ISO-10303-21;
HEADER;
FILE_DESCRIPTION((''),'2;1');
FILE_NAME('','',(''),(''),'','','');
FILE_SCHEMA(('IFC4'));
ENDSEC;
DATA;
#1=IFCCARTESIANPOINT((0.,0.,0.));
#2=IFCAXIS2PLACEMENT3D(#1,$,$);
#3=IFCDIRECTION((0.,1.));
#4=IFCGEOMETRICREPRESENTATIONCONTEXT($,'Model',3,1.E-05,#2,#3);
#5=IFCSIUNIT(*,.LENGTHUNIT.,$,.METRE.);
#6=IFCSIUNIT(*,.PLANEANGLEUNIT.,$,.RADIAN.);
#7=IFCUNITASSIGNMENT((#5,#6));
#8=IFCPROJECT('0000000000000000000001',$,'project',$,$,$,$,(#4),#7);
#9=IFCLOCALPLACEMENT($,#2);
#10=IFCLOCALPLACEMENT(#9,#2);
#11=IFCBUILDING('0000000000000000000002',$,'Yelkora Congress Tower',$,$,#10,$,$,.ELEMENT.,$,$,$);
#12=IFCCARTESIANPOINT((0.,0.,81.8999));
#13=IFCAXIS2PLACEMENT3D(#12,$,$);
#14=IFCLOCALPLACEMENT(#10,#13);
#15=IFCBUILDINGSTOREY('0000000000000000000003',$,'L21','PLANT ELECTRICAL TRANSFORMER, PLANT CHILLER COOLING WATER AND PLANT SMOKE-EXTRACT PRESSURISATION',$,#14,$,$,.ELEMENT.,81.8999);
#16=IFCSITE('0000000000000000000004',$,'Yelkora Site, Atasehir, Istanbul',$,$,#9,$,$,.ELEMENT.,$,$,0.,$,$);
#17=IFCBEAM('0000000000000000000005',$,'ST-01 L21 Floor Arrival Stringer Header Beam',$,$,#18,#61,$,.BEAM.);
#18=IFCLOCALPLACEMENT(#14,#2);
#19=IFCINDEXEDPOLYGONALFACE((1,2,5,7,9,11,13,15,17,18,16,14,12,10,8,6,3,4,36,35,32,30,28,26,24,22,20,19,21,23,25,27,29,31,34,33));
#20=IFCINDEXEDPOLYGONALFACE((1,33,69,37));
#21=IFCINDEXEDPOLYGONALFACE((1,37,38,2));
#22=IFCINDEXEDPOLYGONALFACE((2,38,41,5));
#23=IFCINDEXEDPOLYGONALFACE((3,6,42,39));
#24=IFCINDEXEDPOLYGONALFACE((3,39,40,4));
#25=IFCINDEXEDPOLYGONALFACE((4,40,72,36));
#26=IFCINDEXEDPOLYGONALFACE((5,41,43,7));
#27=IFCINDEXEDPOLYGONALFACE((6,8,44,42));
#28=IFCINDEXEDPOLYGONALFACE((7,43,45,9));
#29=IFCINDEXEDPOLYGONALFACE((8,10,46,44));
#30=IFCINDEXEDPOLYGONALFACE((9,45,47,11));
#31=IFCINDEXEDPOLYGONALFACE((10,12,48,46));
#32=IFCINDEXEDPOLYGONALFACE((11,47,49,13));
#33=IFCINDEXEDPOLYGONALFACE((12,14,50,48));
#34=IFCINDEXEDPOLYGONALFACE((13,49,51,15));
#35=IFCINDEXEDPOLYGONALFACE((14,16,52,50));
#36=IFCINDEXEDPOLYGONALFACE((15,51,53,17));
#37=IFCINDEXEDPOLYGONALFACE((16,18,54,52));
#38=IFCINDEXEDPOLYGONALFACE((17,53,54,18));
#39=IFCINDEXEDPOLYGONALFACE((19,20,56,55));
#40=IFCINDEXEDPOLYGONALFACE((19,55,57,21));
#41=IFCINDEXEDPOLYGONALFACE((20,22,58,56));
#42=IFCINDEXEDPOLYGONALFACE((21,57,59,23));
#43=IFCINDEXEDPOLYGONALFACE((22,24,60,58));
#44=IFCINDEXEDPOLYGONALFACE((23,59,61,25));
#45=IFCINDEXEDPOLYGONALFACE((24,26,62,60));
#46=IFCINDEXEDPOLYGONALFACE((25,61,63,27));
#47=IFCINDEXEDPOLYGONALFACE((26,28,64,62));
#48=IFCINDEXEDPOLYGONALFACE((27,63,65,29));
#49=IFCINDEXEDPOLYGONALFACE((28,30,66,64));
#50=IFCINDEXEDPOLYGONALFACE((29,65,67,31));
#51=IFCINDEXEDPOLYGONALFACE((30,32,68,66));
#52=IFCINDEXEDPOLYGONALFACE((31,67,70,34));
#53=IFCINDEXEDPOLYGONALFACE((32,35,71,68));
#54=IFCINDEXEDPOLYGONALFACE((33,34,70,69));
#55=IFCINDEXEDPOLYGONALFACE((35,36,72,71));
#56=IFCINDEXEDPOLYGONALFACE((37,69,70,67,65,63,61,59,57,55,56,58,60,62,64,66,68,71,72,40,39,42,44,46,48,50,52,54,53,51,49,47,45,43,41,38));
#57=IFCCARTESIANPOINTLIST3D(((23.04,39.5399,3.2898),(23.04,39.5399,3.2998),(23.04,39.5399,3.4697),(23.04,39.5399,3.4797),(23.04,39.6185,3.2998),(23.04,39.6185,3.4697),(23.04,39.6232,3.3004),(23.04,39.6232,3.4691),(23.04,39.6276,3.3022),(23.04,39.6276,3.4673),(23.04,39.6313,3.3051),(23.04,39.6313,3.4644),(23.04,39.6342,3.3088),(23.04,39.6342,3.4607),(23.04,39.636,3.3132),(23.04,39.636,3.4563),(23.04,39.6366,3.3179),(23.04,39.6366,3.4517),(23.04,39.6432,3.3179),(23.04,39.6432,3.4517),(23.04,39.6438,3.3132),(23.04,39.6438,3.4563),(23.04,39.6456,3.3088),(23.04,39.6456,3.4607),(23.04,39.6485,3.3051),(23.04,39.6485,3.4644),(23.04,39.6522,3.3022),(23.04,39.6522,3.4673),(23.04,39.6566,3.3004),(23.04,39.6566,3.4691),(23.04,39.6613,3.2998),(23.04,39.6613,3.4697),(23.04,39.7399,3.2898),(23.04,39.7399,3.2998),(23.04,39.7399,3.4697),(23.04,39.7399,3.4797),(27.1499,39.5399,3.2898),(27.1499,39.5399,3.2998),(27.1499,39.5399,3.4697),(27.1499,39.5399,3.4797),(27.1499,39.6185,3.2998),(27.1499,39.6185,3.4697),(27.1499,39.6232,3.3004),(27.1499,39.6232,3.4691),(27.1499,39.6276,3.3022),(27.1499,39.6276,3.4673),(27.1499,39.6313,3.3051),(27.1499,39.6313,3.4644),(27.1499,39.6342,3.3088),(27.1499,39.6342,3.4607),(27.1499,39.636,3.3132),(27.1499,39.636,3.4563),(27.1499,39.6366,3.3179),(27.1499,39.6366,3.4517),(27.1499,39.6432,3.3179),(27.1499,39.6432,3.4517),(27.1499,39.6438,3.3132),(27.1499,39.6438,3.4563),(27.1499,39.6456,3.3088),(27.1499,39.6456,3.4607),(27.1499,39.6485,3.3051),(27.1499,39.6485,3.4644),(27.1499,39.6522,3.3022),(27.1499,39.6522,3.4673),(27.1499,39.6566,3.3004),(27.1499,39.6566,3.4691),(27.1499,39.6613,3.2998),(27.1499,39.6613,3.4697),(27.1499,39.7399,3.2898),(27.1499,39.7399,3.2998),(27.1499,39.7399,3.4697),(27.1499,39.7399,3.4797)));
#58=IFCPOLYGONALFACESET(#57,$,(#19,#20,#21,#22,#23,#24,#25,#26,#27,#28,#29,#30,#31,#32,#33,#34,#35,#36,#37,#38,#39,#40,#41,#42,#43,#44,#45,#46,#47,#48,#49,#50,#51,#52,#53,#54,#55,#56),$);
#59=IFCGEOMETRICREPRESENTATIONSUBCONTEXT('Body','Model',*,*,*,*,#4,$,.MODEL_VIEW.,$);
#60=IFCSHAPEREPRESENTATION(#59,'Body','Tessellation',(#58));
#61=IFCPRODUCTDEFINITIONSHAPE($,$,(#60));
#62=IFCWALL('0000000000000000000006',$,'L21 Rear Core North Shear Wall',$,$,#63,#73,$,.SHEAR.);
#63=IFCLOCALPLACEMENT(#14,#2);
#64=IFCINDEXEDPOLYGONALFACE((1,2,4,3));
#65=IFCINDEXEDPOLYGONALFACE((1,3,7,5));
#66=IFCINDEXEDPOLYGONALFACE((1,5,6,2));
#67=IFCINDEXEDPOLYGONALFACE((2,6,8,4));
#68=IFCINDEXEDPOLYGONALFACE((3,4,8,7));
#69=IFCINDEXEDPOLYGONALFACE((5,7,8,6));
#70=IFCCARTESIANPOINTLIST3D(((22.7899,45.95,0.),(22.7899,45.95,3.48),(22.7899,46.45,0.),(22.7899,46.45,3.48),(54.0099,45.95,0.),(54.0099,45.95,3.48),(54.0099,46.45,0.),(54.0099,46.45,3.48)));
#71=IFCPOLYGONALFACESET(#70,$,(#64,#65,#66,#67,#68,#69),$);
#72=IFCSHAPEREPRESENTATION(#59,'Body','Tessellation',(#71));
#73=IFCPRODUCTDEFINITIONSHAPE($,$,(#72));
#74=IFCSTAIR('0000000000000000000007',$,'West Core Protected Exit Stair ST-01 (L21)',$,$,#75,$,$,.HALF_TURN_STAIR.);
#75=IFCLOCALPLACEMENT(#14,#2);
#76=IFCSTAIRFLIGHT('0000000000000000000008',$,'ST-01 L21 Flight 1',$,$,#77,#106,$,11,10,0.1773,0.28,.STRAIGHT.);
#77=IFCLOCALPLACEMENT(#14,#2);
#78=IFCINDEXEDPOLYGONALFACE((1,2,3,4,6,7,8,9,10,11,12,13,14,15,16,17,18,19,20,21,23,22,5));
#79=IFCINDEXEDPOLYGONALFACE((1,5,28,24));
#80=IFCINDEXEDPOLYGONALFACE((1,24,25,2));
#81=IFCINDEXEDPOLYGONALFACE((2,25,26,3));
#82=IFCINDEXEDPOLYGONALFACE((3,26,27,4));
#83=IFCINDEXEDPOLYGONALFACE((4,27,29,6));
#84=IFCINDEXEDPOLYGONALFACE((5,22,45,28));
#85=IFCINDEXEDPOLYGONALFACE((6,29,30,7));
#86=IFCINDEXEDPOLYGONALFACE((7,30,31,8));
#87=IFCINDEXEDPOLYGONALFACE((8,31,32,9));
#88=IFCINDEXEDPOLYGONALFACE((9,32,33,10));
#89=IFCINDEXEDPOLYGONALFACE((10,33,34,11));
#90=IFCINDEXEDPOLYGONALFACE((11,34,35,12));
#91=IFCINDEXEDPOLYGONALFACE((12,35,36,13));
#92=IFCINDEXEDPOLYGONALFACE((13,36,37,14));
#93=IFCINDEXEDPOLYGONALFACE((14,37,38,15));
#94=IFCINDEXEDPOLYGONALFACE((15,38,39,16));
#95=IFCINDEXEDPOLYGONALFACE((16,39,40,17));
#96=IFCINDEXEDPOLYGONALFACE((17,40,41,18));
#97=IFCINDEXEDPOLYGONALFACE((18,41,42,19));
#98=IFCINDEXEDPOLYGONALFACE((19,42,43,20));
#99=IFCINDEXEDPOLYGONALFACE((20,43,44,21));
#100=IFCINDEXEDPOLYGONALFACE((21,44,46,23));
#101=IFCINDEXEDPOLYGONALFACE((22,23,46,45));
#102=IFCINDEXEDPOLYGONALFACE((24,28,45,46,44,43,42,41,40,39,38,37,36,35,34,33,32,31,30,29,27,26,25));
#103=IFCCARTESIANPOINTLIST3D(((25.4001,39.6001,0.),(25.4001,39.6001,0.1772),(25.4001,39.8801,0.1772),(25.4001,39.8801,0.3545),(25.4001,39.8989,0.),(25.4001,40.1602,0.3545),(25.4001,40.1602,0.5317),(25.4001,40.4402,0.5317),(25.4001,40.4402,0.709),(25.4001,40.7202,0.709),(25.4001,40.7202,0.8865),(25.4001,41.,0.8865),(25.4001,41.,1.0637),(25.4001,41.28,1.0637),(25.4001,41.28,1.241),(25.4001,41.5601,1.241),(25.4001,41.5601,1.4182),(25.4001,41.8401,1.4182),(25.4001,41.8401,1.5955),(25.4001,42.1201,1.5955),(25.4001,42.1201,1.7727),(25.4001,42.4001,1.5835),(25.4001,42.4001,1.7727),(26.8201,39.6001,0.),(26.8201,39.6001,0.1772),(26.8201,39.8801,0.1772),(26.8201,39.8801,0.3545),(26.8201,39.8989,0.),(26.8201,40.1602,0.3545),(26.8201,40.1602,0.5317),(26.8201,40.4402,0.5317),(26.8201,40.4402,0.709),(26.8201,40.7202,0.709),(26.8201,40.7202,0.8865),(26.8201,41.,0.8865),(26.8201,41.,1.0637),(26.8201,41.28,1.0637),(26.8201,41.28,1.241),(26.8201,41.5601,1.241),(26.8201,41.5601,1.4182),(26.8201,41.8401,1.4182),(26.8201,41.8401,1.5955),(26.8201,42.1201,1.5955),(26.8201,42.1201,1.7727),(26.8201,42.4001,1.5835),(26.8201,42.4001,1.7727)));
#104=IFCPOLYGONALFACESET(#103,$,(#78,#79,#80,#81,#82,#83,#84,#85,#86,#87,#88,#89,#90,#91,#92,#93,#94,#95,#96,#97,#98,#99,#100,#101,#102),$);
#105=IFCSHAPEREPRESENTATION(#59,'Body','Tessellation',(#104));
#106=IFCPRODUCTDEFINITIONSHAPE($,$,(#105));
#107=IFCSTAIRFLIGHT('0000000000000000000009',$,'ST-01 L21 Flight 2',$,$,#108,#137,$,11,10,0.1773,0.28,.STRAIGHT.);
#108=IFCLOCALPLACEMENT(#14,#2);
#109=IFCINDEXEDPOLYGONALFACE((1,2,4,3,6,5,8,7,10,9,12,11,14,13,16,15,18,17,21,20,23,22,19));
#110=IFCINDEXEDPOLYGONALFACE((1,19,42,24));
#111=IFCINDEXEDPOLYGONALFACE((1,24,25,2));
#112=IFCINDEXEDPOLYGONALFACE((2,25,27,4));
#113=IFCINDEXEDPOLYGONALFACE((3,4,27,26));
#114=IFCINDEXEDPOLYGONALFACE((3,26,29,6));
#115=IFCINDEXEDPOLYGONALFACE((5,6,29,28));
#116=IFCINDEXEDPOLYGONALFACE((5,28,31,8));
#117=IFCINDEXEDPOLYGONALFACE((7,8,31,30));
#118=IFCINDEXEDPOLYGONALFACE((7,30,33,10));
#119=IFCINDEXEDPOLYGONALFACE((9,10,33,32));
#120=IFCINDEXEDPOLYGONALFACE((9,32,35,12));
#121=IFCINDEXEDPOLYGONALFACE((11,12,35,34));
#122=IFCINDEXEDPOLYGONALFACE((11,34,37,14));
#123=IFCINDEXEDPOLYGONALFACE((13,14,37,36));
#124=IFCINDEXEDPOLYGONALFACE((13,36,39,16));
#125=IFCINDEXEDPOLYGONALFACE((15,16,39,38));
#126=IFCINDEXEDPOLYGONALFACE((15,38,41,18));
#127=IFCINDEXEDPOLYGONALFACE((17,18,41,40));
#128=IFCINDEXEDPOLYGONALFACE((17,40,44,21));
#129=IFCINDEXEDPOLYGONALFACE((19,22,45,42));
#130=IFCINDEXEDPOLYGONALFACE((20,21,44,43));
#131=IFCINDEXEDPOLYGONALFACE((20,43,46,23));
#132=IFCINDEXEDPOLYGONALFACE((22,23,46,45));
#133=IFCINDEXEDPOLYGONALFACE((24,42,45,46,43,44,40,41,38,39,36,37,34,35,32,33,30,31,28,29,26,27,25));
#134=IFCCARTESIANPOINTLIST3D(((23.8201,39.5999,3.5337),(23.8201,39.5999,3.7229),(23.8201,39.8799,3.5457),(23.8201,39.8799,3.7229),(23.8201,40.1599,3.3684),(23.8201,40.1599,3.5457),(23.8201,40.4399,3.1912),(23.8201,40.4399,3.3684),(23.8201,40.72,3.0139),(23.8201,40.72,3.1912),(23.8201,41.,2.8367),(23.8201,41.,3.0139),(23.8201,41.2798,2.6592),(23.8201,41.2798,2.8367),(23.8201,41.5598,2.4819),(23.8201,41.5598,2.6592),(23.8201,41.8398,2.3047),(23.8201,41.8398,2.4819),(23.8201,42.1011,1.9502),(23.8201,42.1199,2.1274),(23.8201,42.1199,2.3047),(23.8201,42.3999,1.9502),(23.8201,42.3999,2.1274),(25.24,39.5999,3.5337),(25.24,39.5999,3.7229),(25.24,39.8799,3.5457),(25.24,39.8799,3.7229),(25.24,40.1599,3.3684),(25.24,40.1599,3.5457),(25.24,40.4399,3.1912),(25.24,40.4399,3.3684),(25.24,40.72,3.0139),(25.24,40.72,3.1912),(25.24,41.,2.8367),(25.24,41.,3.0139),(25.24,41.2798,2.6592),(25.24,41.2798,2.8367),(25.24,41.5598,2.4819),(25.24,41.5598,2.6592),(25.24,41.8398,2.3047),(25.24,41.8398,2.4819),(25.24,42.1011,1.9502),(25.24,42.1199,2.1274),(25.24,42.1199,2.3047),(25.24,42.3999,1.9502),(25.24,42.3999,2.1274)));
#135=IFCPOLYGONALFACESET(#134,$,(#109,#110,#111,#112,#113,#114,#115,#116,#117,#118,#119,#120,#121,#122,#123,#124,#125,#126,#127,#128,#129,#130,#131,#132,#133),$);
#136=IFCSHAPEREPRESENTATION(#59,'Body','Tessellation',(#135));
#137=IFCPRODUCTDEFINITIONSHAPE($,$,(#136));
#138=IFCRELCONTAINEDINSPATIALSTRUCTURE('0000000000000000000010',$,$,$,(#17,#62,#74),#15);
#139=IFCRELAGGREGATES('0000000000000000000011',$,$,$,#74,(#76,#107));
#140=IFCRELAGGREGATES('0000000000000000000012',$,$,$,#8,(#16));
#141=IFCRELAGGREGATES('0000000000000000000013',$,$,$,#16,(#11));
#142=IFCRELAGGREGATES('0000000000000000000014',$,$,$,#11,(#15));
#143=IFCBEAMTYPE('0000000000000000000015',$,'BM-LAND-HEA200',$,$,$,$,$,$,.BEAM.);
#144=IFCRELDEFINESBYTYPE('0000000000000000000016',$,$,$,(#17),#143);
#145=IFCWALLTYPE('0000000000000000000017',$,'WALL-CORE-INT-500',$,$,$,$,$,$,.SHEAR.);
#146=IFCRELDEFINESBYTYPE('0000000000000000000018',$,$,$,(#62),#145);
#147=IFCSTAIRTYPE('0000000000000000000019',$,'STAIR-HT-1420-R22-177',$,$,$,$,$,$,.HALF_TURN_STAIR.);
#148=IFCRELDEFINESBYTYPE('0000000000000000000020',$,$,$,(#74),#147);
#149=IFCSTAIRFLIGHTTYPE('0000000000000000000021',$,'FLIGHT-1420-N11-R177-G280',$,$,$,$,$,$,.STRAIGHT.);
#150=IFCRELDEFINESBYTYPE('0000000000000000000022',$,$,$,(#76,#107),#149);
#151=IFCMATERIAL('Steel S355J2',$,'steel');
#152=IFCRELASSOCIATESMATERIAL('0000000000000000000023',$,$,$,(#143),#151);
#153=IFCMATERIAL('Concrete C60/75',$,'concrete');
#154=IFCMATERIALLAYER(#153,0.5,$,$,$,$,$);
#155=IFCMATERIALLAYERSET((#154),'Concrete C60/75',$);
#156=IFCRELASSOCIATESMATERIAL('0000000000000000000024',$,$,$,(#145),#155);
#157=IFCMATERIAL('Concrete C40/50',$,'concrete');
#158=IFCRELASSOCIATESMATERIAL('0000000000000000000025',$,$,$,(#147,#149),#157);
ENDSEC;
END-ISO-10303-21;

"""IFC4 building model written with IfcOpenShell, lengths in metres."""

from ifc_helpers import new_model, si_unit, direction, frame, frame_2d, origin, origin_2d, place, context, subcontext, project, spatial, polyline, rectangle, i_section, outline, extrude, material, layer, layer_set, material_profile, profile_set, type_object, element, aggregate, save


model = new_model("IFC4")

# Units and contexts
model_context = context("Model", 3, precision=1e-05, world=origin(), true_north=direction((0.0, 1.0)))
body_context = subcontext(model_context, "Body", "Model", "MODEL_VIEW")
ifc_project = project(units=[si_unit("LENGTHUNIT", "METRE"), si_unit("PLANEANGLEUNIT", "RADIAN")], contexts=[model_context])

# Site, building, storey
site_placement = place(None, origin())
site = spatial("IfcSite", under=ifc_project, at=site_placement, Name="Yelkora Site, Atasehir, Istanbul", CompositionType="ELEMENT", RefElevation=0.0)
building_placement = place(site_placement, origin())
building = spatial("IfcBuilding", under=site, at=building_placement, Name="Yelkora Congress Tower", CompositionType="ELEMENT")
storey_placement = place(building_placement, frame((0.0, 0.0, 81.8999)))
storey = spatial("IfcBuildingStorey", under=building, at=storey_placement, Name="L21", Description="PLANT ELECTRICAL TRANSFORMER, PLANT CHILLER COOLING WATER AND PLANT SMOKE-EXTRACT PRESSURISATION", CompositionType="ELEMENT", Elevation=81.8999)

# Shared definitions
ifc_material_1 = material(Name="Concrete C60/75", Category="concrete")

# Beam
ifc_material_2 = material(Name="Steel S355J2", Category="steel")
ifc_material_profile_1 = material_profile(ifc_material_2, i_section(OverallWidth=0.2, OverallDepth=0.1899, WebThickness=0.0066, FlangeThickness=0.01, FilletRadius=0.0181, at=origin_2d()), Name="HEA 200")
ifc_profile_set_1 = profile_set([ifc_material_profile_1], Name="Steel S355J2")
beam_type = type_object("IfcBeamType", Name="BM-LAND-HEA200", PredefinedType="BEAM", material=ifc_profile_set_1)
beam_1_placement = place(storey_placement, frame((23.04, 39.6399, 3.3848), z_axis=(1.0, 0.0, 0.0), x_axis=(0.0, 1.0, 0.0)))
element("IfcBeam", 1, at=beam_1_placement, inside=storey, type_object=beam_type, Name="ST-01 L21 Floor Arrival Stringer Header Beam", PredefinedType="BEAM", context=body_context, shape_type="SweptSolid", body=[
    extrude(i_section(OverallWidth=0.2, OverallDepth=0.1899, WebThickness=0.0066, FlangeThickness=0.01, FilletRadius=0.0181, at=origin_2d()), origin(), (0.0, 0.0, 1.0), 4.1099),
])

# Wall
ifc_layer_1 = layer(ifc_material_1, 0.5)
ifc_layer_set_1 = layer_set([ifc_layer_1], Name="Concrete C60/75")
wall_type_1 = type_object("IfcWallType", Name="WALL-CORE-INT-500", PredefinedType="SHEAR", material=ifc_layer_set_1)
wall_1_placement = place(storey_placement, frame((22.79, 46.2, 0.0), z_axis=(0.0, 0.0, 1.0), x_axis=(1.0, 0.0, 0.0)))
element("IfcWall", 2, at=wall_1_placement, inside=storey, type_object=wall_type_1, Name="L21 Rear Core North Shear Wall", PredefinedType="SHEAR", context=body_context, shape_type="SweptSolid", body=[
    extrude(rectangle(XDim=31.22, YDim=0.5, at=frame_2d((15.6099, 0.0))), origin(), (0.0, 0.0, 1.0), 3.48),
])

# Stair, stair flights
ifc_material_3 = material(Name="Concrete C40/50", Category="concrete")
stair_type = type_object("IfcStairType", Name="STAIR-HT-1420-R22-177", PredefinedType="HALF_TURN_STAIR", material=ifc_material_3)
stair_placement = place(storey_placement, origin())
stair = element("IfcStair", 3, at=stair_placement, inside=storey, type_object=stair_type, Name="West Core Protected Exit Stair ST-01 (L21)", PredefinedType="HALF_TURN_STAIR")
stair_flight_type = type_object("IfcStairFlightType", Name="FLIGHT-1420-N11-R177-G280", PredefinedType="STRAIGHT", material=ifc_material_3)
stair_flight_1_placement = place(storey_placement, frame((26.1101, 39.6001, 0.0), z_axis=(0.0, 0.0, 1.0), x_axis=(0.0, 1.0, 0.0)))
stair_flight_1 = element("IfcStairFlight", 4, at=stair_flight_1_placement, type_object=stair_flight_type, Name="ST-01 L21 Flight 1", NumberOfRisers=11, NumberOfTreads=10, PredefinedType="STRAIGHT", RiserHeight=0.1773, TreadLength=0.28, context=body_context, shape_type="SweptSolid", body=[
    extrude(outline(polyline([(0.0, 0.0), (0.0, 0.1772), (0.28, 0.1772), (0.28, 0.3545), (0.5601, 0.3545), (0.5601, 0.5317), (0.8401, 0.5317), (0.8401, 0.709), (1.1201, 0.709), (1.1201, 0.8865), (1.3999, 0.8865), (1.3999, 1.0637), (1.6799, 1.0637), (1.6799, 1.241), (1.96, 1.241), (1.96, 1.4182), (2.24, 1.4182), (2.24, 1.5955), (2.52, 1.5955), (2.52, 1.7727), (2.8, 1.7727), (2.8, 1.95), (2.8, 1.5835), (0.2988, 0.0), (0.0, 0.0)])), frame((0.0, 0.71, 0.0), z_axis=(0.0, -1.0, 0.0), x_axis=(1.0, 0.0, 0.0)), (0.0, 0.0, 1.0), 1.4199),
])
stair_flight_2_placement = place(storey_placement, frame((24.53, 42.3999, 1.9502), z_axis=(0.0, 0.0, 1.0), x_axis=(0.0, -1.0, 0.0)))
stair_flight_2 = element("IfcStairFlight", 5, at=stair_flight_2_placement, type_object=stair_flight_type, Name="ST-01 L21 Flight 2", NumberOfRisers=11, NumberOfTreads=10, PredefinedType="STRAIGHT", RiserHeight=0.1773, TreadLength=0.28, context=body_context, shape_type="SweptSolid", body=[
    extrude(outline(polyline([(0.0, 0.0), (0.0, 0.1772), (0.28, 0.1772), (0.28, 0.3545), (0.5601, 0.3545), (0.5601, 0.5317), (0.8401, 0.5317), (0.8401, 0.709), (1.1201, 0.709), (1.1201, 0.8865), (1.3999, 0.8865), (1.3999, 1.0637), (1.6799, 1.0637), (1.6799, 1.241), (1.96, 1.241), (1.96, 1.4182), (2.24, 1.4182), (2.24, 1.5955), (2.52, 1.5955), (2.52, 1.7727), (2.8, 1.7727), (2.8, 1.95), (2.8, 1.5835), (0.2988, 0.0), (0.0, 0.0)])), frame((0.0, 0.71, 0.0), z_axis=(0.0, -1.0, 0.0), x_axis=(1.0, 0.0, 0.0)), (0.0, 0.0, 1.0), 1.4199),
])
aggregate(stair, [stair_flight_1, stair_flight_2])

save(model, "model.ifc")
